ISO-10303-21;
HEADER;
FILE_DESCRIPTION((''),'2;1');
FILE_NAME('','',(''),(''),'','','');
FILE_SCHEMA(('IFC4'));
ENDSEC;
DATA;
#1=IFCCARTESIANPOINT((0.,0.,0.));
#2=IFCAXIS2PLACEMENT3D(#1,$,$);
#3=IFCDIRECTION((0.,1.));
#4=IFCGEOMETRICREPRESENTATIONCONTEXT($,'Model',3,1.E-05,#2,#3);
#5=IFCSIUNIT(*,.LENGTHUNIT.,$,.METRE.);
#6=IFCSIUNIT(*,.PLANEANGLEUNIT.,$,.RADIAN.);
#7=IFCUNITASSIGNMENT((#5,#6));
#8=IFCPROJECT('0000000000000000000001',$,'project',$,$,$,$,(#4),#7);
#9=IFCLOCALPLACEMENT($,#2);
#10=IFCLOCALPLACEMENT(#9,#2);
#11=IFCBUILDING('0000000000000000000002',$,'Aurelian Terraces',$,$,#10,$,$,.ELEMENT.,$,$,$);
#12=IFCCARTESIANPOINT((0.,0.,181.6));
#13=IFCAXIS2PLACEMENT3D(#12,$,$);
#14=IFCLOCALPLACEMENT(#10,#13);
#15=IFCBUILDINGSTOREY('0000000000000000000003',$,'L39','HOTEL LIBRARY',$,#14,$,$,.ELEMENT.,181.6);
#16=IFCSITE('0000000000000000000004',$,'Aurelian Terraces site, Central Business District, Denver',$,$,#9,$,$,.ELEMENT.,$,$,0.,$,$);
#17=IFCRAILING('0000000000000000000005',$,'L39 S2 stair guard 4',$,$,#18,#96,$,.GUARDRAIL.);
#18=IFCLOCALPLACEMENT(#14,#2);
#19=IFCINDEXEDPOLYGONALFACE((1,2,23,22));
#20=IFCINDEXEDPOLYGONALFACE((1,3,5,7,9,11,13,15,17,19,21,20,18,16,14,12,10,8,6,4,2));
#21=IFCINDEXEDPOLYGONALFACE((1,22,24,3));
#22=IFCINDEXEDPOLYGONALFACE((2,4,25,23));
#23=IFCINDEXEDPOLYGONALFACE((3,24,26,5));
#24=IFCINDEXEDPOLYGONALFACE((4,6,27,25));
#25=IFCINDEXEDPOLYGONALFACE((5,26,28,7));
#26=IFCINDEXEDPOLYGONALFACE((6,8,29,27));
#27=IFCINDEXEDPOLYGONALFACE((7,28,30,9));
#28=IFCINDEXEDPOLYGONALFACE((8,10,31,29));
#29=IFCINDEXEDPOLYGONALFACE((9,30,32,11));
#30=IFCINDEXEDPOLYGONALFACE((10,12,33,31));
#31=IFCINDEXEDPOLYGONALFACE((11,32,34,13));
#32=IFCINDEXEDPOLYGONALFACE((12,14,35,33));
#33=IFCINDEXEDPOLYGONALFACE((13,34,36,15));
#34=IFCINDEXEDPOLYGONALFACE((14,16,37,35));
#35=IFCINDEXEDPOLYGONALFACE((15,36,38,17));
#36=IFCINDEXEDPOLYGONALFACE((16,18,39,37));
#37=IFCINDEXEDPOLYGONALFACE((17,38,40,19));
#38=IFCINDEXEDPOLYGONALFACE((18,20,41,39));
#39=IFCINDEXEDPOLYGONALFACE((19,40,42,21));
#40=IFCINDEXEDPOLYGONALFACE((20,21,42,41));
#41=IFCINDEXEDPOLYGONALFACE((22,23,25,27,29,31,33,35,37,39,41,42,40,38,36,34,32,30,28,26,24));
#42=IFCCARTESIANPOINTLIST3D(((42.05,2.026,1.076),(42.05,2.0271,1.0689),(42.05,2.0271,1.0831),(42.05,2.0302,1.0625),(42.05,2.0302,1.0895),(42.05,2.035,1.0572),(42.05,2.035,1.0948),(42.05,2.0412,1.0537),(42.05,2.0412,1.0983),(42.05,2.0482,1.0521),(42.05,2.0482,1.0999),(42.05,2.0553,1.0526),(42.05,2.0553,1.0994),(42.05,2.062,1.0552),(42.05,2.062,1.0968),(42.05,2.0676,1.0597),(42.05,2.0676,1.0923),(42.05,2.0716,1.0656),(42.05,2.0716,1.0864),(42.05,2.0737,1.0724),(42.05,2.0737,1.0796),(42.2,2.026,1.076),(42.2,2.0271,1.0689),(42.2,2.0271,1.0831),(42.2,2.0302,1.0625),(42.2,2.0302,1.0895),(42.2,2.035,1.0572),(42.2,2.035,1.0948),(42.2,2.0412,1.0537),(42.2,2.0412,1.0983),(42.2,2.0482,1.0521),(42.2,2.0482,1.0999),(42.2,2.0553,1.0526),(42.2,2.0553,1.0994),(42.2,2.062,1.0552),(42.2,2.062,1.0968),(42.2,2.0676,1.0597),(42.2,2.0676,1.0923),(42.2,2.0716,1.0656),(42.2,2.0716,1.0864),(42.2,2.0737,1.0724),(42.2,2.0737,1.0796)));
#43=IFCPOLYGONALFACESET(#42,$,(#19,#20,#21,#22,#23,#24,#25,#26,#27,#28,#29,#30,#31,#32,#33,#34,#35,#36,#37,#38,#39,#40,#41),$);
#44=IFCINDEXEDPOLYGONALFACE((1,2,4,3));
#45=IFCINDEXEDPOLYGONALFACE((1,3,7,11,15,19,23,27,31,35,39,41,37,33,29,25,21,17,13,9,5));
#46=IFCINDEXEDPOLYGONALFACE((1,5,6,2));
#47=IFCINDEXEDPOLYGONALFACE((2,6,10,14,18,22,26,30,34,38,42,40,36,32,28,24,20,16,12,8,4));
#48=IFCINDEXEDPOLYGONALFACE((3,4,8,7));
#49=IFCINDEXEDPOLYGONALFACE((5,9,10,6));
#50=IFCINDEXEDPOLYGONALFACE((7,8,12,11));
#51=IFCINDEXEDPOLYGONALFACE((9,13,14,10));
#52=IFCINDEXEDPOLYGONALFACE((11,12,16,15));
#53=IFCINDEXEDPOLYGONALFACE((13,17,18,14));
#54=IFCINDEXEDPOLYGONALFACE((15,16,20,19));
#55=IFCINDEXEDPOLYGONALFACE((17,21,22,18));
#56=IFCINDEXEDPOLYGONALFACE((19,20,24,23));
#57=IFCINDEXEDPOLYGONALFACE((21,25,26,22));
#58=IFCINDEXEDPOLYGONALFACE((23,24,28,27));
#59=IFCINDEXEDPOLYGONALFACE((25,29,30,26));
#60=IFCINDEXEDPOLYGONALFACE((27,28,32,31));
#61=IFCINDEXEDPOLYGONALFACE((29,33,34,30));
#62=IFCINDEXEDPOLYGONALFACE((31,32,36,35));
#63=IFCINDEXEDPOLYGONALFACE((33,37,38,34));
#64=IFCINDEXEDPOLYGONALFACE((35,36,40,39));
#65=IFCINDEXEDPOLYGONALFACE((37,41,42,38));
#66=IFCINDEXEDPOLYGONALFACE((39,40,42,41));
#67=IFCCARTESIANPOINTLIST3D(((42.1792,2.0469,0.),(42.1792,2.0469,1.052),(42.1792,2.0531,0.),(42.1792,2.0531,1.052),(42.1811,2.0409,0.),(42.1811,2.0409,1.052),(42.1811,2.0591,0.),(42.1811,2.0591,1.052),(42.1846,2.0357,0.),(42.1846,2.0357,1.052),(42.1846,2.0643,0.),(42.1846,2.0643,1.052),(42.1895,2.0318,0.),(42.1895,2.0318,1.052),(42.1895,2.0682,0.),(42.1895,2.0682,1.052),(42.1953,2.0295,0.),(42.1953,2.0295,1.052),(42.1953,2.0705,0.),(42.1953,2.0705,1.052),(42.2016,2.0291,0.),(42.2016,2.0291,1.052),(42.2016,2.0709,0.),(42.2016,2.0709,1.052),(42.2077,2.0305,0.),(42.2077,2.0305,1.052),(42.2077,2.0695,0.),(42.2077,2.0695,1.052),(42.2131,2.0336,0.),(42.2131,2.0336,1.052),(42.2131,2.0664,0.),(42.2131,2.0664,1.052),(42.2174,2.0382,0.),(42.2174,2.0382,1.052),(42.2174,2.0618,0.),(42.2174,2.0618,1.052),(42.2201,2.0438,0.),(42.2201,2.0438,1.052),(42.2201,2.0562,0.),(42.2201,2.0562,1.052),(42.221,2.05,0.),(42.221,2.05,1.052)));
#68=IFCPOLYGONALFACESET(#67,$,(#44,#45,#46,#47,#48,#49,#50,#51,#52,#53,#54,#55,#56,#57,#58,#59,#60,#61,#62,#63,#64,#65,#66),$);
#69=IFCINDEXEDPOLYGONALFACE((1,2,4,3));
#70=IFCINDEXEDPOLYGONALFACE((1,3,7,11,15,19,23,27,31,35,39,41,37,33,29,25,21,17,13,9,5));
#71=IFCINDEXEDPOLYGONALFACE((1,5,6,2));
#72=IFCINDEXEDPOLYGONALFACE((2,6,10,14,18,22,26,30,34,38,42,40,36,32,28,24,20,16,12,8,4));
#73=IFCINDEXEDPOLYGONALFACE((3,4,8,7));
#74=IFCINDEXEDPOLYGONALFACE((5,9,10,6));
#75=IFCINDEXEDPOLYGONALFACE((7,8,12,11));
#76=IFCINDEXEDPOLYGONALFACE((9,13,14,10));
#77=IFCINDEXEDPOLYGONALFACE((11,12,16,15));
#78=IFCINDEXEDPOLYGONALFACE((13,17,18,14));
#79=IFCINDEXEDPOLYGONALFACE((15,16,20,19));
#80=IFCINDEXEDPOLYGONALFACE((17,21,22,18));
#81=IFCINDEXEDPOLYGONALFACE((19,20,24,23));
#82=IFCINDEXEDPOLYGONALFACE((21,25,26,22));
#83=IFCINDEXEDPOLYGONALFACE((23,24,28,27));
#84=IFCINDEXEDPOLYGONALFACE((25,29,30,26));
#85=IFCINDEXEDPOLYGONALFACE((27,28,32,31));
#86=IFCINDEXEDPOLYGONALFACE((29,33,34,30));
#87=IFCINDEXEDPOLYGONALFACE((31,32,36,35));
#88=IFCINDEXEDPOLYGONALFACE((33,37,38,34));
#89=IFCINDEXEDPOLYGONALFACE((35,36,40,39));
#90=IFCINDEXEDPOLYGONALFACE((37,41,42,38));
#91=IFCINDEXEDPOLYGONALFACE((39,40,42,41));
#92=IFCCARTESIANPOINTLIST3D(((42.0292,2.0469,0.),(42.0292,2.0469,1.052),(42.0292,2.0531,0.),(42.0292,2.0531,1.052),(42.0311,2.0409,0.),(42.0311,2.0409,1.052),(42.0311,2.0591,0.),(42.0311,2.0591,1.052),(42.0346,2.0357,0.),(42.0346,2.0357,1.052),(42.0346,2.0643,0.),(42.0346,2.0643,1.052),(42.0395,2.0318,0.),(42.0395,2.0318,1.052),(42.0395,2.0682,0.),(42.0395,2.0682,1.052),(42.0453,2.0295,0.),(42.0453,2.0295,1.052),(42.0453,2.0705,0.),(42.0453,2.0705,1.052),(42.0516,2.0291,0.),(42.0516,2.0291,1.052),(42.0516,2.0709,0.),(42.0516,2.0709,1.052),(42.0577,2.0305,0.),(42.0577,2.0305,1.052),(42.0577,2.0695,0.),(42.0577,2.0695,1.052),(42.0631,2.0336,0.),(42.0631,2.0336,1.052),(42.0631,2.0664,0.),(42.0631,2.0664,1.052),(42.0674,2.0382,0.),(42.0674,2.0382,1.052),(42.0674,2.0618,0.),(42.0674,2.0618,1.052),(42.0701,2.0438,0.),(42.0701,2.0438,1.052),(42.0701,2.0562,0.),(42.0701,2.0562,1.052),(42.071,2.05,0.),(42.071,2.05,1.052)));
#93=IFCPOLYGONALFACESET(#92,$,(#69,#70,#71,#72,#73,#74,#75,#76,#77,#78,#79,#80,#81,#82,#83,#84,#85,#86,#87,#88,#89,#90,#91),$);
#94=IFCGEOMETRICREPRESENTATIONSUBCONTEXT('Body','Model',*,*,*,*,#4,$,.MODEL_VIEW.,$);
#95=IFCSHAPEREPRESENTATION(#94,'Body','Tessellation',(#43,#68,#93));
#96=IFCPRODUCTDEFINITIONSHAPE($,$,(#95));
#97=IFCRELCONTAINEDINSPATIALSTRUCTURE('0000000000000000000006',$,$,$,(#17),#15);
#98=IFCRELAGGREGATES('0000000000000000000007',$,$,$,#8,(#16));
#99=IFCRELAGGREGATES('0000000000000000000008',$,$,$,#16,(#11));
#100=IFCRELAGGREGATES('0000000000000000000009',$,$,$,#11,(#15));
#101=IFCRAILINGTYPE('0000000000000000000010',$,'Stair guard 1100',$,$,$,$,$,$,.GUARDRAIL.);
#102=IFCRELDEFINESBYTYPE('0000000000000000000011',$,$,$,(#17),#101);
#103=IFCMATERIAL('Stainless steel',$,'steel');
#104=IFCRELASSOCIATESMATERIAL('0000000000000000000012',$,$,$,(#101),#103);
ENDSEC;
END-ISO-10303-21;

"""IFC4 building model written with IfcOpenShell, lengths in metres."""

from ifc_helpers import new_model, si_unit, direction, frame, origin, origin_2d, place, context, subcontext, project, spatial, circle, extrude, source, transform, mapped, material, type_object, element, save


model = new_model("IFC4")

# Units and contexts
model_context = context("Model", 3, precision=1e-05, world=origin(), true_north=direction((0.0, 1.0)))
body_context = subcontext(model_context, "Body", "Model", "MODEL_VIEW")
ifc_project = project(units=[si_unit("LENGTHUNIT", "METRE"), si_unit("PLANEANGLEUNIT", "RADIAN")], contexts=[model_context])

# Site, building, storey
site_placement = place(None, origin())
site = spatial("IfcSite", under=ifc_project, at=site_placement, Name="Aurelian Terraces site, Central Business District, Denver", CompositionType="ELEMENT", RefElevation=0.0)
building_placement = place(site_placement, origin())
building = spatial("IfcBuilding", under=site, at=building_placement, Name="Aurelian Terraces", CompositionType="ELEMENT")
storey_placement = place(building_placement, frame((0.0, 0.0, 181.6)))
storey = spatial("IfcBuildingStorey", under=building, at=storey_placement, Name="L39", Description="HOTEL LIBRARY", CompositionType="ELEMENT", Elevation=181.6)

# Railing
ifc_material_1 = material(Name="Stainless steel", Category="steel")
railing_type_1 = type_object("IfcRailingType", Name="Stair guard 1100", PredefinedType="GUARDRAIL", material=ifc_material_1)
shared_shape_1 = source(origin(), body_context, "Body", "SweptSolid", [
    extrude(circle(Radius=0.024, at=origin_2d()), frame((0.0, 0.0, 1.076), z_axis=(-1.0, 0.0, 0.0), x_axis=(0.0, -1.0, 0.0)), (0.0, 0.0, 1.0), 0.15),
    extrude(circle(Radius=0.021, at=origin_2d()), origin(), (0.0, 0.0, 1.0), 1.052),
    extrude(circle(Radius=0.021, at=origin_2d()), frame((-0.15, 0.0, 0.0)), (0.0, 0.0, 1.0), 1.052),
])
for number, where, name in (
    (1, (42.2, 2.05, 0.0), "L39 S2 stair guard 4"),
):
    element("IfcRailing", number, at=place(storey_placement, frame(where)), inside=storey, type_object=railing_type_1, Name=name, PredefinedType="GUARDRAIL", context=body_context, shape_type="MappedRepresentation", body=[
        mapped(shared_shape_1, transform((0.0, 0.0, 0.0), scale=1.0)),
    ])

save(model, "model.ifc")
